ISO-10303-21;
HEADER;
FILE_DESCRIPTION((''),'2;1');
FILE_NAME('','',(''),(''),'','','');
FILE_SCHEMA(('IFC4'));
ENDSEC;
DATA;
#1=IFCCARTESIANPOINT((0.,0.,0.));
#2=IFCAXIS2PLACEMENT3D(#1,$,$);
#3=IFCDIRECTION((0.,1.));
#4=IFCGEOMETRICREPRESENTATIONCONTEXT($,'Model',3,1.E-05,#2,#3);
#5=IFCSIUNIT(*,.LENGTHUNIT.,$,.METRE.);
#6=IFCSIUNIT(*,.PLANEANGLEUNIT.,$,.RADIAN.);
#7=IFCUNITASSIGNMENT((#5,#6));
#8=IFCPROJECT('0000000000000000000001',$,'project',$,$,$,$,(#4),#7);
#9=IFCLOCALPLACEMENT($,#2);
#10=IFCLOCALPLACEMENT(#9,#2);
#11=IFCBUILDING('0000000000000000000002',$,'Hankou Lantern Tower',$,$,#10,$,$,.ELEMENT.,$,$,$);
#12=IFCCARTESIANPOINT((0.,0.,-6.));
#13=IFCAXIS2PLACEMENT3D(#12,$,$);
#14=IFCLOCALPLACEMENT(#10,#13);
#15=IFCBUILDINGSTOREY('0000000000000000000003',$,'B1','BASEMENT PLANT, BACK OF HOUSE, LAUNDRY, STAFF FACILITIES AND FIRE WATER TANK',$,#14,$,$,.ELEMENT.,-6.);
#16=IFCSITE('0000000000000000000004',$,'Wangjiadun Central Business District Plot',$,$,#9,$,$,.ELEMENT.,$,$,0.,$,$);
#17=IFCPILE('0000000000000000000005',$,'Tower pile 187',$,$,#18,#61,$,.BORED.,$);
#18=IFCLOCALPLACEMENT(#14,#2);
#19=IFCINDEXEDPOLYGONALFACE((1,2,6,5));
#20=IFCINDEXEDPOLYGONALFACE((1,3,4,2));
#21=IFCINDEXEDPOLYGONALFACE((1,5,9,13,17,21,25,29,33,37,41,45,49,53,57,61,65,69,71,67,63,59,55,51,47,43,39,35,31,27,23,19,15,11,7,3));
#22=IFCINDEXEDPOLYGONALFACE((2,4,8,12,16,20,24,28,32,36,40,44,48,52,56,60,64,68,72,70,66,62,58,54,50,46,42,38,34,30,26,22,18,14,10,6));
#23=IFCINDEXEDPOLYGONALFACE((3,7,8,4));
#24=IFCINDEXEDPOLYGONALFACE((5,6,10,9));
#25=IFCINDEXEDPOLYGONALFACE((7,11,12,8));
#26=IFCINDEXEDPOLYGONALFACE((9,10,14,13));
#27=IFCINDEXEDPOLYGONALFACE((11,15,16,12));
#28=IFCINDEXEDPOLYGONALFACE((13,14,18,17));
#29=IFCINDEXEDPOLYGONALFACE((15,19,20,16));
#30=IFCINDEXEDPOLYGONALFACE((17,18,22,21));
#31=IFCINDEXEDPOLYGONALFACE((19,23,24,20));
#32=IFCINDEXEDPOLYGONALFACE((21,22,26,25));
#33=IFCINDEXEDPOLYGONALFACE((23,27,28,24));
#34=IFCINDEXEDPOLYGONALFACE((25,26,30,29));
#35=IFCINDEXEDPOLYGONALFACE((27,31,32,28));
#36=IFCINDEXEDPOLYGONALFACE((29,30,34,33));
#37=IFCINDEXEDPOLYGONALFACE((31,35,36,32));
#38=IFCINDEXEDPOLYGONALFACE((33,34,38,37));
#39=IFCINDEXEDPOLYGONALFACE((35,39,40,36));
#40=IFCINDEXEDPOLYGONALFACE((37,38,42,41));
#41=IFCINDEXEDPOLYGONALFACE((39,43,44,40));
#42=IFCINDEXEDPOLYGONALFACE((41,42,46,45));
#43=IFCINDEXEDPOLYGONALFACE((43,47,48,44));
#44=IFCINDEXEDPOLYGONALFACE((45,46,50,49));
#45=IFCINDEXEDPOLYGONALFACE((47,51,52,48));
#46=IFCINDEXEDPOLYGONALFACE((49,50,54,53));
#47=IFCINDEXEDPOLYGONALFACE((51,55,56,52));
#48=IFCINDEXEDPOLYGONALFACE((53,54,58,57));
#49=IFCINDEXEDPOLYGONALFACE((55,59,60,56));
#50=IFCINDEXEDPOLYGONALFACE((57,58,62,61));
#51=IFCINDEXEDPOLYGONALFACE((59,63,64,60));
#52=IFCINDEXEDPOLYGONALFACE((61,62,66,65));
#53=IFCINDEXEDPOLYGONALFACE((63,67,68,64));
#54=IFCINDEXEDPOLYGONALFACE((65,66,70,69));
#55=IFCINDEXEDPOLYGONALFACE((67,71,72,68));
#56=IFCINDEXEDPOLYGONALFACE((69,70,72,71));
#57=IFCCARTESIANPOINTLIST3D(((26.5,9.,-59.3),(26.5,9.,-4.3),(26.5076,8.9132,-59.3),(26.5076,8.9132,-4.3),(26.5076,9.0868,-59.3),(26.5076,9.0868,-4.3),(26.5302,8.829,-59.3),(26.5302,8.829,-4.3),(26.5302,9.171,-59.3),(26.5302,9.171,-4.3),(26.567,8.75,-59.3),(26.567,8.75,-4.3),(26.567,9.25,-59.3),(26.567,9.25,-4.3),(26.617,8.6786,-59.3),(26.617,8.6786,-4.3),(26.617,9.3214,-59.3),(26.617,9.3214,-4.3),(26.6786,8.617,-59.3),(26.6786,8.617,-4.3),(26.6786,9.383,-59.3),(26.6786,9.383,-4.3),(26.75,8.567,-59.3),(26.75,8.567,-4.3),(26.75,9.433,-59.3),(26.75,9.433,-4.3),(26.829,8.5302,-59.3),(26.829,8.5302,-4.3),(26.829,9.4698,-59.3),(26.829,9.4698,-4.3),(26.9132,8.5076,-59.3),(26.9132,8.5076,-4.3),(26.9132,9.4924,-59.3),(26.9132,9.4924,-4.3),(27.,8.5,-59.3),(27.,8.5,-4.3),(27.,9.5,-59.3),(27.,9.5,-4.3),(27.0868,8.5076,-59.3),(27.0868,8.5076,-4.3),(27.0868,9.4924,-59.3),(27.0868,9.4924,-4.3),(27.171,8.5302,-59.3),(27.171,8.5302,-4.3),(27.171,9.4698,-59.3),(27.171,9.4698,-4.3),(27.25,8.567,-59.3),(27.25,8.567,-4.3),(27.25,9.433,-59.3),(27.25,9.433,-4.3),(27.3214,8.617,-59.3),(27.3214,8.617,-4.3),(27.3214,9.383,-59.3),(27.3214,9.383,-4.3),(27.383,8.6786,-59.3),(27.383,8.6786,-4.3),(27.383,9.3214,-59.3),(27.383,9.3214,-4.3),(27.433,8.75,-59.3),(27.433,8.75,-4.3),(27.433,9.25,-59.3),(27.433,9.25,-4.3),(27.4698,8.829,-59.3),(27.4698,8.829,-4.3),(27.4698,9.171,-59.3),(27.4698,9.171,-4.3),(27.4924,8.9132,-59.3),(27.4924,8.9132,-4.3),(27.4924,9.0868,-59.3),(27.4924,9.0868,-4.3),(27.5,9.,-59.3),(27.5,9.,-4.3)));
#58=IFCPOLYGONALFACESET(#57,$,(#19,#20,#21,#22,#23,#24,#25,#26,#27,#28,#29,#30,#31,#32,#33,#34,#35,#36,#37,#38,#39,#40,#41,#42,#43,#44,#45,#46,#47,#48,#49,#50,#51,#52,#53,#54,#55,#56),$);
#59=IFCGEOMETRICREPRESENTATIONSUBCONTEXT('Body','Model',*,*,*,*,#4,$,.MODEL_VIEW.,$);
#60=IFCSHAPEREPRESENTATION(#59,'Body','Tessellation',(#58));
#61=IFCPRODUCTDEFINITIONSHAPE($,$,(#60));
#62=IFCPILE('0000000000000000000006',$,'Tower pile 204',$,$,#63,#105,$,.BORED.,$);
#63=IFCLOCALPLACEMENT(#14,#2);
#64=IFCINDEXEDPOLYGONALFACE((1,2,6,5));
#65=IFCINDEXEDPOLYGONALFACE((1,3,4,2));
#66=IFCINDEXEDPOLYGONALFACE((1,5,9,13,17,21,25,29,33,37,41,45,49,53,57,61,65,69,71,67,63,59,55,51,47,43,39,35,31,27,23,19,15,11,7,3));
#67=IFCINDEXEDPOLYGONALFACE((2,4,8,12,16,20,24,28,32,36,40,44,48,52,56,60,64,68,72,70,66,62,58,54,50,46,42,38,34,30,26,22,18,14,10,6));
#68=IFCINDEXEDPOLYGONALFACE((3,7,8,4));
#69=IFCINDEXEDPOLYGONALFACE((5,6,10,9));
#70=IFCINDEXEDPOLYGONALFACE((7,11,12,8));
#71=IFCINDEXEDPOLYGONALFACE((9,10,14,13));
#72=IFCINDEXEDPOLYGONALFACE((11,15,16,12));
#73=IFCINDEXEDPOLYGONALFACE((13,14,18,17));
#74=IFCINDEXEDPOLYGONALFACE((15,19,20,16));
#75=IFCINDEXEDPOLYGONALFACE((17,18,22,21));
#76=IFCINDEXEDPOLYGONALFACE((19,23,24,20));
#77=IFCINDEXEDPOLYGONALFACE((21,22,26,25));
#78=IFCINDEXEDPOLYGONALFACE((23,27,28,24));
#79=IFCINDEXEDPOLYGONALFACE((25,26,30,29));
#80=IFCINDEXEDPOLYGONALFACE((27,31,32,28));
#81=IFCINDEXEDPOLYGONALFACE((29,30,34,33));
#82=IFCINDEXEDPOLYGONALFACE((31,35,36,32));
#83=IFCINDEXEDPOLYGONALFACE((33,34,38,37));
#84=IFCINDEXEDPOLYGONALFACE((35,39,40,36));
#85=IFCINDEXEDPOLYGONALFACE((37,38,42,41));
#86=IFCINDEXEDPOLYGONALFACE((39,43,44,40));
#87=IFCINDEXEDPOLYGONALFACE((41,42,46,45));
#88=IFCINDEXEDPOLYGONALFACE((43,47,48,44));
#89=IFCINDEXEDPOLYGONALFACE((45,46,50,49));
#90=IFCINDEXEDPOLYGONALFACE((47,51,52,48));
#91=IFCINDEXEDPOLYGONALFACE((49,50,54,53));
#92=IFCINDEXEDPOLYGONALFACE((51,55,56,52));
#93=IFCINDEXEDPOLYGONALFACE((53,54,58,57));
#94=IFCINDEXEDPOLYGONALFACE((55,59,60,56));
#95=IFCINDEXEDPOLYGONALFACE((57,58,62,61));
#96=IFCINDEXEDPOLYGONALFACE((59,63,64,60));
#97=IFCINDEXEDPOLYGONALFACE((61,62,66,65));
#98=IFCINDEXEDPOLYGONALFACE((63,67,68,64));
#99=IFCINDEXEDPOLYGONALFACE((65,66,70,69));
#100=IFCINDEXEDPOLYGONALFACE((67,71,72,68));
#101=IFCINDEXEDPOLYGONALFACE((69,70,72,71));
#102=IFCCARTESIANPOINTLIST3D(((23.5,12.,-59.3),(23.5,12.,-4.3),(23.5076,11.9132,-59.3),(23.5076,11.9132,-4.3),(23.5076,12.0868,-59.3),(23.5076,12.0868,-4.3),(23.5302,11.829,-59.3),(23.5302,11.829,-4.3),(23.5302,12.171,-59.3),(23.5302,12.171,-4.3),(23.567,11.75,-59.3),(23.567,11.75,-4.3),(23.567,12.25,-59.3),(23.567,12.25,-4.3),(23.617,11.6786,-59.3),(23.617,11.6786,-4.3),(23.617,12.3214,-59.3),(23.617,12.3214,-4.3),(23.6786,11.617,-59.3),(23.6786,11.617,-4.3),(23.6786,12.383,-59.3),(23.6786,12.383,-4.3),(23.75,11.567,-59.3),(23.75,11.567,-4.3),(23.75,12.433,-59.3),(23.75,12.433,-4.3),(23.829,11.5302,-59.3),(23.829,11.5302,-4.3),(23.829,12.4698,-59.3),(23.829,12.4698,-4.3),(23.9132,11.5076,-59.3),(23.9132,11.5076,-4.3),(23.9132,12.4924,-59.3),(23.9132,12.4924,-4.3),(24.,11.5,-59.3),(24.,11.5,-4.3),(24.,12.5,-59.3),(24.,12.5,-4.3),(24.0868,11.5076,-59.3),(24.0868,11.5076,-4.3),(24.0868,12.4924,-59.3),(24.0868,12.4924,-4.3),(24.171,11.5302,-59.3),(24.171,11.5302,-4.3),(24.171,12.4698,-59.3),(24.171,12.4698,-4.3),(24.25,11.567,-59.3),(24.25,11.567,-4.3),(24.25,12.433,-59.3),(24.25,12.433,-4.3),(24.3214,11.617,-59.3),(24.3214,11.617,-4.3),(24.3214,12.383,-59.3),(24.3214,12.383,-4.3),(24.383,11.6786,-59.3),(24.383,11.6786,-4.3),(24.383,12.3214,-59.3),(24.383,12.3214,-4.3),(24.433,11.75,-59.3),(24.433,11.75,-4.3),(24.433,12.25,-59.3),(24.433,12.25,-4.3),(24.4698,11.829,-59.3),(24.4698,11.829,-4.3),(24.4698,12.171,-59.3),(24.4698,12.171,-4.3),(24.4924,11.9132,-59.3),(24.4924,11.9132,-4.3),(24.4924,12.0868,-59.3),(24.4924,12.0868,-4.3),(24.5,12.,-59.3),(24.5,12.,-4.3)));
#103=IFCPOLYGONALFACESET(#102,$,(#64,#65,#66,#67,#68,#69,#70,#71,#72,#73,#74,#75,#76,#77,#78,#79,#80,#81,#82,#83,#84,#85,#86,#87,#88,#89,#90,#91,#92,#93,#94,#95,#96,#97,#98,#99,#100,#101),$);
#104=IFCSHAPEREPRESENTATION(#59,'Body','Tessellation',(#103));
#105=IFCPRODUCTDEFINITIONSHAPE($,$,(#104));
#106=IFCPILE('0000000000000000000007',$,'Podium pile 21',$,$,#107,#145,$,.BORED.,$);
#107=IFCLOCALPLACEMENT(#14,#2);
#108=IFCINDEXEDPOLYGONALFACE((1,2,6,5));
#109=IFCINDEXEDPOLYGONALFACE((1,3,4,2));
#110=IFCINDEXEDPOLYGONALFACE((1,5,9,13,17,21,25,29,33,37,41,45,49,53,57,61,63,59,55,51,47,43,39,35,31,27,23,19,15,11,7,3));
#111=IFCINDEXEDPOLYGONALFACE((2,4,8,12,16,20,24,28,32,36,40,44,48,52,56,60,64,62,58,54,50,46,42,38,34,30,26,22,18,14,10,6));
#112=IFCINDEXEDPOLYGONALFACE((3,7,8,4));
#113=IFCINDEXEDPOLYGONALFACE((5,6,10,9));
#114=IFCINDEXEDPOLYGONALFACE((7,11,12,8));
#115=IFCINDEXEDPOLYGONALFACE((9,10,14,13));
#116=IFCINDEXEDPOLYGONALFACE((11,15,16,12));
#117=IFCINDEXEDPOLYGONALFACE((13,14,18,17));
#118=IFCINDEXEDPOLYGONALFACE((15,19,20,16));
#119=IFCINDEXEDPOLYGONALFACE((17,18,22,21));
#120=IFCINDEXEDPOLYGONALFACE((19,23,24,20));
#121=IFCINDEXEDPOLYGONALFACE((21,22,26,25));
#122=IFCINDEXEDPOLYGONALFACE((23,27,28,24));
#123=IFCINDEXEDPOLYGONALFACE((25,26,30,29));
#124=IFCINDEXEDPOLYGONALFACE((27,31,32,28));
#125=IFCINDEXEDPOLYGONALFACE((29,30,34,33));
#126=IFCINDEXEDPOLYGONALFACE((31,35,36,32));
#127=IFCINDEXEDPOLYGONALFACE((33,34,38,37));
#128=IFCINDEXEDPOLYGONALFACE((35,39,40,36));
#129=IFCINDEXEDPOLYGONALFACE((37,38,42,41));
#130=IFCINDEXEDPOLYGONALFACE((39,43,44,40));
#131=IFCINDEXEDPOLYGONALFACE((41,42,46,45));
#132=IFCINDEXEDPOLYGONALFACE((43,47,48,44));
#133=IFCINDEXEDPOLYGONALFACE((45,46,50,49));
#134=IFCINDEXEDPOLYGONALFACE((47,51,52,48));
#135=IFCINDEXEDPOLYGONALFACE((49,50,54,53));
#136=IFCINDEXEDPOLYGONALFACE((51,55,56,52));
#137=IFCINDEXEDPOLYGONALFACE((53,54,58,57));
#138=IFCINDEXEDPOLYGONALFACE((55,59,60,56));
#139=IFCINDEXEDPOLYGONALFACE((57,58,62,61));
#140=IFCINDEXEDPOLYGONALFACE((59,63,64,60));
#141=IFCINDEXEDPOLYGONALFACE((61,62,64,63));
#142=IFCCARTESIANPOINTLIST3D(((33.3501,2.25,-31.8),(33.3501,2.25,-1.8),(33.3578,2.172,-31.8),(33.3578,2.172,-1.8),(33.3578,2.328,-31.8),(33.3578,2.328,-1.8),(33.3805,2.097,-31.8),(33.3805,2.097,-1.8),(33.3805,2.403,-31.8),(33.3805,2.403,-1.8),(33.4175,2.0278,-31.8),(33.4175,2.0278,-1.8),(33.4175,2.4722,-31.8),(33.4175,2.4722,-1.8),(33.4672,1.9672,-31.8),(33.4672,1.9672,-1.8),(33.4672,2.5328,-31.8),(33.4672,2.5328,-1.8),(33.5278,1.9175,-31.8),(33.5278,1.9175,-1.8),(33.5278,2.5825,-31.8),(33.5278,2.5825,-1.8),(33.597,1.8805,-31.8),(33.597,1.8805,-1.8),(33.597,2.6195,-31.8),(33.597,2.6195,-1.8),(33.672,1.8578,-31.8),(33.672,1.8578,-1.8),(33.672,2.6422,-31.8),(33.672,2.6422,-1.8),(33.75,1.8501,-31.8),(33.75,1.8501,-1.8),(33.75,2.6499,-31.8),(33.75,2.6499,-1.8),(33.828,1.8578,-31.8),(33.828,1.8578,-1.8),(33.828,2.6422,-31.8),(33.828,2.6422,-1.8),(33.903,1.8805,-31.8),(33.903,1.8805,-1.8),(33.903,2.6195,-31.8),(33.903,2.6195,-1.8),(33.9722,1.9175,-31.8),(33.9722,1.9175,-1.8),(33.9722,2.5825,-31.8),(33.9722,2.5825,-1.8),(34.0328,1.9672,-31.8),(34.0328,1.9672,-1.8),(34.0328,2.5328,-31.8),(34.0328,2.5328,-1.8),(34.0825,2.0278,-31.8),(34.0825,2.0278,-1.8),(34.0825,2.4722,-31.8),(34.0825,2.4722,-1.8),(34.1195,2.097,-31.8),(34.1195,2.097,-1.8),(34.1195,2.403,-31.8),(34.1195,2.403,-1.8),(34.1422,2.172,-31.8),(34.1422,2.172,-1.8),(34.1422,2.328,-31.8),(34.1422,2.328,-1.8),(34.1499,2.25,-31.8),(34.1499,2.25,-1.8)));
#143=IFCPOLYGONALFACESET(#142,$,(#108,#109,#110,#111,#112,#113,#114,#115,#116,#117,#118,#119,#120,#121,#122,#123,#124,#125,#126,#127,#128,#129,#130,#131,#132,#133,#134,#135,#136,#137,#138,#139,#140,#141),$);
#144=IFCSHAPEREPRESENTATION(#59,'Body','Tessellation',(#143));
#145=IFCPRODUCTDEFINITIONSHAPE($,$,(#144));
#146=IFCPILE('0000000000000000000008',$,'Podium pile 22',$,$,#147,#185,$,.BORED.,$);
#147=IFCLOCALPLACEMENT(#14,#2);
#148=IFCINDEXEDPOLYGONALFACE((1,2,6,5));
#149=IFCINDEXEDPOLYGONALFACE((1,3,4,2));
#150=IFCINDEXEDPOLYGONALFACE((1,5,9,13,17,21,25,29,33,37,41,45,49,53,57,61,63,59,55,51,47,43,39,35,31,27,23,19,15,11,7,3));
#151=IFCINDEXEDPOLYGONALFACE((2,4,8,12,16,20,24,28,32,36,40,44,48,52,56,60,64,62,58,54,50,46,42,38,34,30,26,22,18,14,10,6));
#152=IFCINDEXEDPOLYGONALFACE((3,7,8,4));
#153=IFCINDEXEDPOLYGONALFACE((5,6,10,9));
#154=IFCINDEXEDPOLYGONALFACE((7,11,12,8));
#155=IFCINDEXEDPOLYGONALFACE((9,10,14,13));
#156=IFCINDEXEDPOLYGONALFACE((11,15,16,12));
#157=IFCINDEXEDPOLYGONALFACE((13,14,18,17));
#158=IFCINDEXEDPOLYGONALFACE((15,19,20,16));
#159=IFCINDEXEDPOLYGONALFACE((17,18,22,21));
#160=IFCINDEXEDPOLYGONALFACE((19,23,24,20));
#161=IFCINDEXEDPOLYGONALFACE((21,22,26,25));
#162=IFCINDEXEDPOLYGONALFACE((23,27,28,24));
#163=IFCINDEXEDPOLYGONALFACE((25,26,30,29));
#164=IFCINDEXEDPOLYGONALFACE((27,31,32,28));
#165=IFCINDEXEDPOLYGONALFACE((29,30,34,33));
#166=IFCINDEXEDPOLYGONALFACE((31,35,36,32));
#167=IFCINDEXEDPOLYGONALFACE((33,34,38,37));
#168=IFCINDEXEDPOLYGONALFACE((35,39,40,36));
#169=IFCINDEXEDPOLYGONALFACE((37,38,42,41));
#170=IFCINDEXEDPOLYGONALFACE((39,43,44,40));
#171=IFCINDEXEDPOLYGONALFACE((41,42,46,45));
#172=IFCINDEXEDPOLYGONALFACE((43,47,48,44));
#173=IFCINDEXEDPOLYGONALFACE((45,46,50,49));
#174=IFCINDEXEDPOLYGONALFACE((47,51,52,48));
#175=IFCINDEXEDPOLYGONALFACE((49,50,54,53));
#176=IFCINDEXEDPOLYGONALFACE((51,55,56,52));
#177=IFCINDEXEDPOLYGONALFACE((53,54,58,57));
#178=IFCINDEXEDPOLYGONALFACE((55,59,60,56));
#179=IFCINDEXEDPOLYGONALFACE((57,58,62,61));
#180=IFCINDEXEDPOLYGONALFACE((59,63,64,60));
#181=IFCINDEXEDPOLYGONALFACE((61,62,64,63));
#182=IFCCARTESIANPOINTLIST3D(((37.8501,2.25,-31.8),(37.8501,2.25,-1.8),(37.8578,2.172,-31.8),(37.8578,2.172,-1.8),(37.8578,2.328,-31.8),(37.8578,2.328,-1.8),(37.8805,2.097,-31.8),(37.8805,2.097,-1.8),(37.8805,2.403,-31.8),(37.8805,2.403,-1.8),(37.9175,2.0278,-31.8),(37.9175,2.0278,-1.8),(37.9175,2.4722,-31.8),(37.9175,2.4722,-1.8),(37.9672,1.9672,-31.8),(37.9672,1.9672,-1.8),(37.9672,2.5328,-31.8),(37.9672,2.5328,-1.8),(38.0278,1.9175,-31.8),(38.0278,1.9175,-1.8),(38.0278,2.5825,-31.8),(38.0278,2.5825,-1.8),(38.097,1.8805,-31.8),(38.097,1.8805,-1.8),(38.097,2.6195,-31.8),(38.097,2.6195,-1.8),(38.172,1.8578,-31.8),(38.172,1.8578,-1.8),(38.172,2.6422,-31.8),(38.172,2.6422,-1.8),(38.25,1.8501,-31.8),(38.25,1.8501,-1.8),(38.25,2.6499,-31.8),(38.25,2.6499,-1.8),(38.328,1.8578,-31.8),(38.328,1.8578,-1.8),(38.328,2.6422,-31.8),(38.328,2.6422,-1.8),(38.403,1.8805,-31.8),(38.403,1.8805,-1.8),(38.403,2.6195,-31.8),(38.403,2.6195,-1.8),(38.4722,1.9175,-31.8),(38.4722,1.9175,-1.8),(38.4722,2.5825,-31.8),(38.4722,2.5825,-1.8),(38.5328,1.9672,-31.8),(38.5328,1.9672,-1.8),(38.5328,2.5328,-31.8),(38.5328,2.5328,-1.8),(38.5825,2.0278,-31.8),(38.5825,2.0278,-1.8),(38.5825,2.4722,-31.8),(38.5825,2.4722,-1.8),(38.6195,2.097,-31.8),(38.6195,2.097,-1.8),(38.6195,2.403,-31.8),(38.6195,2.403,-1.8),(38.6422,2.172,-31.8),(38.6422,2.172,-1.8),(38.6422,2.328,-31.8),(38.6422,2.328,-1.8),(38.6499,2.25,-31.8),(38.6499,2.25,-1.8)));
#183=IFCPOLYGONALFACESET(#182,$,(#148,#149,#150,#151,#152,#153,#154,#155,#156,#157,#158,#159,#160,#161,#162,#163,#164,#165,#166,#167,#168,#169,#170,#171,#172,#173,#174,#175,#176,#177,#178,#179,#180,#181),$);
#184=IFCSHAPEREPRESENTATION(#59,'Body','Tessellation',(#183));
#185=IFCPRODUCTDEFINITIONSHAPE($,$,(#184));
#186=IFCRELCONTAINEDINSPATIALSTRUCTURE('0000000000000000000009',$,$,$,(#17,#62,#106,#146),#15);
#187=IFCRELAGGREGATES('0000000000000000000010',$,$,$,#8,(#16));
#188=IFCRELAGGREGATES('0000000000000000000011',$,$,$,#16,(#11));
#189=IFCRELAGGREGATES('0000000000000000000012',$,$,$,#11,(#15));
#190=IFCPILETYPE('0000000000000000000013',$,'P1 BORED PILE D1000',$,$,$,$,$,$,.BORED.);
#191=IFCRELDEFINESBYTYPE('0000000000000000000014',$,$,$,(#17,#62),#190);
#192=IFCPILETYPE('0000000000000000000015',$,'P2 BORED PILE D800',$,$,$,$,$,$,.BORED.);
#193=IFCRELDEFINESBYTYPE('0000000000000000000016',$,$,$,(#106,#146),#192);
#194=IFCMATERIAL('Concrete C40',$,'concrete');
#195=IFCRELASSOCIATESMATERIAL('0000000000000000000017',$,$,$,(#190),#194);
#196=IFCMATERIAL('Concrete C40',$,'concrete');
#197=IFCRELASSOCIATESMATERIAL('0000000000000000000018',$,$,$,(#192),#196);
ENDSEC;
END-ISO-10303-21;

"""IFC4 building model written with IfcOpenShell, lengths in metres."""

from ifc_helpers import new_model, si_unit, direction, frame, origin, origin_2d, place, context, subcontext, project, spatial, circle, extrude, material, material_profile, profile_set, type_object, element, save


model = new_model("IFC4")

# Units and contexts
model_context = context("Model", 3, precision=1e-05, world=origin(), true_north=direction((0.0, 1.0)))
body_context = subcontext(model_context, "Body", "Model", "MODEL_VIEW")
ifc_project = project(units=[si_unit("LENGTHUNIT", "METRE"), si_unit("PLANEANGLEUNIT", "RADIAN")], contexts=[model_context])

# Site, building, storey
site_placement = place(None, origin())
site = spatial("IfcSite", under=ifc_project, at=site_placement, Name="Wangjiadun Central Business District Plot", CompositionType="ELEMENT", RefElevation=0.0)
building_placement = place(site_placement, origin())
building = spatial("IfcBuilding", under=site, at=building_placement, Name="Hankou Lantern Tower", CompositionType="ELEMENT")
storey_placement = place(building_placement, frame((0.0, 0.0, -6.0)))
storey = spatial("IfcBuildingStorey", under=building, at=storey_placement, Name="B1", Description="BASEMENT PLANT, BACK OF HOUSE, LAUNDRY, STAFF FACILITIES AND FIRE WATER TANK", CompositionType="ELEMENT", Elevation=-6.0)

# Piles
ifc_material_1 = material(Name="Concrete C40", Category="concrete")
ifc_material_profile_1 = material_profile(ifc_material_1, circle(Radius=0.5, at=origin_2d()), Name="RC D1000")
ifc_profile_set_1 = profile_set([ifc_material_profile_1], Name="Concrete C40")
pile_type_1 = type_object("IfcPileType", Name="P1 BORED PILE D1000", PredefinedType="BORED", material=ifc_profile_set_1)
for number, where, z_axis, x_axis, name in (
    (1, (27.0, 9.0, -4.3), (0.0, 0.0, -1.0), (1.0, 0.0, 0.0), "Tower pile 187"),
    (2, (24.0, 12.0, -4.3), (0.0, 0.0, -1.0), (1.0, 0.0, 0.0), "Tower pile 204"),
):
    element("IfcPile", number, at=place(storey_placement, frame(where, z_axis=z_axis, x_axis=x_axis)), inside=storey, type_object=pile_type_1, Name=name, PredefinedType="BORED", context=body_context, shape_type="SweptSolid", body=[
        extrude(circle(Radius=0.5, at=origin_2d()), origin(), (0.0, 0.0, 1.0), 55.0),
    ])
ifc_material_2 = material(Name="Concrete C40", Category="concrete")
ifc_material_profile_2 = material_profile(ifc_material_2, circle(Radius=0.3999, at=origin_2d()), Name="RC D800")
ifc_profile_set_2 = profile_set([ifc_material_profile_2], Name="Concrete C40")
pile_type_2 = type_object("IfcPileType", Name="P2 BORED PILE D800", PredefinedType="BORED", material=ifc_profile_set_2)
for number, where, z_axis, x_axis, name in (
    (3, (33.75, 2.25, -1.8), (0.0, 0.0, -1.0), (1.0, 0.0, 0.0), "Podium pile 21"),
    (4, (38.25, 2.25, -1.8), (0.0, 0.0, -1.0), (1.0, 0.0, 0.0), "Podium pile 22"),
):
    element("IfcPile", number, at=place(storey_placement, frame(where, z_axis=z_axis, x_axis=x_axis)), inside=storey, type_object=pile_type_2, Name=name, PredefinedType="BORED", context=body_context, shape_type="SweptSolid", body=[
        extrude(circle(Radius=0.3999, at=origin_2d()), origin(), (0.0, 0.0, 1.0), 30.0),
    ])

save(model, "model.ifc")
